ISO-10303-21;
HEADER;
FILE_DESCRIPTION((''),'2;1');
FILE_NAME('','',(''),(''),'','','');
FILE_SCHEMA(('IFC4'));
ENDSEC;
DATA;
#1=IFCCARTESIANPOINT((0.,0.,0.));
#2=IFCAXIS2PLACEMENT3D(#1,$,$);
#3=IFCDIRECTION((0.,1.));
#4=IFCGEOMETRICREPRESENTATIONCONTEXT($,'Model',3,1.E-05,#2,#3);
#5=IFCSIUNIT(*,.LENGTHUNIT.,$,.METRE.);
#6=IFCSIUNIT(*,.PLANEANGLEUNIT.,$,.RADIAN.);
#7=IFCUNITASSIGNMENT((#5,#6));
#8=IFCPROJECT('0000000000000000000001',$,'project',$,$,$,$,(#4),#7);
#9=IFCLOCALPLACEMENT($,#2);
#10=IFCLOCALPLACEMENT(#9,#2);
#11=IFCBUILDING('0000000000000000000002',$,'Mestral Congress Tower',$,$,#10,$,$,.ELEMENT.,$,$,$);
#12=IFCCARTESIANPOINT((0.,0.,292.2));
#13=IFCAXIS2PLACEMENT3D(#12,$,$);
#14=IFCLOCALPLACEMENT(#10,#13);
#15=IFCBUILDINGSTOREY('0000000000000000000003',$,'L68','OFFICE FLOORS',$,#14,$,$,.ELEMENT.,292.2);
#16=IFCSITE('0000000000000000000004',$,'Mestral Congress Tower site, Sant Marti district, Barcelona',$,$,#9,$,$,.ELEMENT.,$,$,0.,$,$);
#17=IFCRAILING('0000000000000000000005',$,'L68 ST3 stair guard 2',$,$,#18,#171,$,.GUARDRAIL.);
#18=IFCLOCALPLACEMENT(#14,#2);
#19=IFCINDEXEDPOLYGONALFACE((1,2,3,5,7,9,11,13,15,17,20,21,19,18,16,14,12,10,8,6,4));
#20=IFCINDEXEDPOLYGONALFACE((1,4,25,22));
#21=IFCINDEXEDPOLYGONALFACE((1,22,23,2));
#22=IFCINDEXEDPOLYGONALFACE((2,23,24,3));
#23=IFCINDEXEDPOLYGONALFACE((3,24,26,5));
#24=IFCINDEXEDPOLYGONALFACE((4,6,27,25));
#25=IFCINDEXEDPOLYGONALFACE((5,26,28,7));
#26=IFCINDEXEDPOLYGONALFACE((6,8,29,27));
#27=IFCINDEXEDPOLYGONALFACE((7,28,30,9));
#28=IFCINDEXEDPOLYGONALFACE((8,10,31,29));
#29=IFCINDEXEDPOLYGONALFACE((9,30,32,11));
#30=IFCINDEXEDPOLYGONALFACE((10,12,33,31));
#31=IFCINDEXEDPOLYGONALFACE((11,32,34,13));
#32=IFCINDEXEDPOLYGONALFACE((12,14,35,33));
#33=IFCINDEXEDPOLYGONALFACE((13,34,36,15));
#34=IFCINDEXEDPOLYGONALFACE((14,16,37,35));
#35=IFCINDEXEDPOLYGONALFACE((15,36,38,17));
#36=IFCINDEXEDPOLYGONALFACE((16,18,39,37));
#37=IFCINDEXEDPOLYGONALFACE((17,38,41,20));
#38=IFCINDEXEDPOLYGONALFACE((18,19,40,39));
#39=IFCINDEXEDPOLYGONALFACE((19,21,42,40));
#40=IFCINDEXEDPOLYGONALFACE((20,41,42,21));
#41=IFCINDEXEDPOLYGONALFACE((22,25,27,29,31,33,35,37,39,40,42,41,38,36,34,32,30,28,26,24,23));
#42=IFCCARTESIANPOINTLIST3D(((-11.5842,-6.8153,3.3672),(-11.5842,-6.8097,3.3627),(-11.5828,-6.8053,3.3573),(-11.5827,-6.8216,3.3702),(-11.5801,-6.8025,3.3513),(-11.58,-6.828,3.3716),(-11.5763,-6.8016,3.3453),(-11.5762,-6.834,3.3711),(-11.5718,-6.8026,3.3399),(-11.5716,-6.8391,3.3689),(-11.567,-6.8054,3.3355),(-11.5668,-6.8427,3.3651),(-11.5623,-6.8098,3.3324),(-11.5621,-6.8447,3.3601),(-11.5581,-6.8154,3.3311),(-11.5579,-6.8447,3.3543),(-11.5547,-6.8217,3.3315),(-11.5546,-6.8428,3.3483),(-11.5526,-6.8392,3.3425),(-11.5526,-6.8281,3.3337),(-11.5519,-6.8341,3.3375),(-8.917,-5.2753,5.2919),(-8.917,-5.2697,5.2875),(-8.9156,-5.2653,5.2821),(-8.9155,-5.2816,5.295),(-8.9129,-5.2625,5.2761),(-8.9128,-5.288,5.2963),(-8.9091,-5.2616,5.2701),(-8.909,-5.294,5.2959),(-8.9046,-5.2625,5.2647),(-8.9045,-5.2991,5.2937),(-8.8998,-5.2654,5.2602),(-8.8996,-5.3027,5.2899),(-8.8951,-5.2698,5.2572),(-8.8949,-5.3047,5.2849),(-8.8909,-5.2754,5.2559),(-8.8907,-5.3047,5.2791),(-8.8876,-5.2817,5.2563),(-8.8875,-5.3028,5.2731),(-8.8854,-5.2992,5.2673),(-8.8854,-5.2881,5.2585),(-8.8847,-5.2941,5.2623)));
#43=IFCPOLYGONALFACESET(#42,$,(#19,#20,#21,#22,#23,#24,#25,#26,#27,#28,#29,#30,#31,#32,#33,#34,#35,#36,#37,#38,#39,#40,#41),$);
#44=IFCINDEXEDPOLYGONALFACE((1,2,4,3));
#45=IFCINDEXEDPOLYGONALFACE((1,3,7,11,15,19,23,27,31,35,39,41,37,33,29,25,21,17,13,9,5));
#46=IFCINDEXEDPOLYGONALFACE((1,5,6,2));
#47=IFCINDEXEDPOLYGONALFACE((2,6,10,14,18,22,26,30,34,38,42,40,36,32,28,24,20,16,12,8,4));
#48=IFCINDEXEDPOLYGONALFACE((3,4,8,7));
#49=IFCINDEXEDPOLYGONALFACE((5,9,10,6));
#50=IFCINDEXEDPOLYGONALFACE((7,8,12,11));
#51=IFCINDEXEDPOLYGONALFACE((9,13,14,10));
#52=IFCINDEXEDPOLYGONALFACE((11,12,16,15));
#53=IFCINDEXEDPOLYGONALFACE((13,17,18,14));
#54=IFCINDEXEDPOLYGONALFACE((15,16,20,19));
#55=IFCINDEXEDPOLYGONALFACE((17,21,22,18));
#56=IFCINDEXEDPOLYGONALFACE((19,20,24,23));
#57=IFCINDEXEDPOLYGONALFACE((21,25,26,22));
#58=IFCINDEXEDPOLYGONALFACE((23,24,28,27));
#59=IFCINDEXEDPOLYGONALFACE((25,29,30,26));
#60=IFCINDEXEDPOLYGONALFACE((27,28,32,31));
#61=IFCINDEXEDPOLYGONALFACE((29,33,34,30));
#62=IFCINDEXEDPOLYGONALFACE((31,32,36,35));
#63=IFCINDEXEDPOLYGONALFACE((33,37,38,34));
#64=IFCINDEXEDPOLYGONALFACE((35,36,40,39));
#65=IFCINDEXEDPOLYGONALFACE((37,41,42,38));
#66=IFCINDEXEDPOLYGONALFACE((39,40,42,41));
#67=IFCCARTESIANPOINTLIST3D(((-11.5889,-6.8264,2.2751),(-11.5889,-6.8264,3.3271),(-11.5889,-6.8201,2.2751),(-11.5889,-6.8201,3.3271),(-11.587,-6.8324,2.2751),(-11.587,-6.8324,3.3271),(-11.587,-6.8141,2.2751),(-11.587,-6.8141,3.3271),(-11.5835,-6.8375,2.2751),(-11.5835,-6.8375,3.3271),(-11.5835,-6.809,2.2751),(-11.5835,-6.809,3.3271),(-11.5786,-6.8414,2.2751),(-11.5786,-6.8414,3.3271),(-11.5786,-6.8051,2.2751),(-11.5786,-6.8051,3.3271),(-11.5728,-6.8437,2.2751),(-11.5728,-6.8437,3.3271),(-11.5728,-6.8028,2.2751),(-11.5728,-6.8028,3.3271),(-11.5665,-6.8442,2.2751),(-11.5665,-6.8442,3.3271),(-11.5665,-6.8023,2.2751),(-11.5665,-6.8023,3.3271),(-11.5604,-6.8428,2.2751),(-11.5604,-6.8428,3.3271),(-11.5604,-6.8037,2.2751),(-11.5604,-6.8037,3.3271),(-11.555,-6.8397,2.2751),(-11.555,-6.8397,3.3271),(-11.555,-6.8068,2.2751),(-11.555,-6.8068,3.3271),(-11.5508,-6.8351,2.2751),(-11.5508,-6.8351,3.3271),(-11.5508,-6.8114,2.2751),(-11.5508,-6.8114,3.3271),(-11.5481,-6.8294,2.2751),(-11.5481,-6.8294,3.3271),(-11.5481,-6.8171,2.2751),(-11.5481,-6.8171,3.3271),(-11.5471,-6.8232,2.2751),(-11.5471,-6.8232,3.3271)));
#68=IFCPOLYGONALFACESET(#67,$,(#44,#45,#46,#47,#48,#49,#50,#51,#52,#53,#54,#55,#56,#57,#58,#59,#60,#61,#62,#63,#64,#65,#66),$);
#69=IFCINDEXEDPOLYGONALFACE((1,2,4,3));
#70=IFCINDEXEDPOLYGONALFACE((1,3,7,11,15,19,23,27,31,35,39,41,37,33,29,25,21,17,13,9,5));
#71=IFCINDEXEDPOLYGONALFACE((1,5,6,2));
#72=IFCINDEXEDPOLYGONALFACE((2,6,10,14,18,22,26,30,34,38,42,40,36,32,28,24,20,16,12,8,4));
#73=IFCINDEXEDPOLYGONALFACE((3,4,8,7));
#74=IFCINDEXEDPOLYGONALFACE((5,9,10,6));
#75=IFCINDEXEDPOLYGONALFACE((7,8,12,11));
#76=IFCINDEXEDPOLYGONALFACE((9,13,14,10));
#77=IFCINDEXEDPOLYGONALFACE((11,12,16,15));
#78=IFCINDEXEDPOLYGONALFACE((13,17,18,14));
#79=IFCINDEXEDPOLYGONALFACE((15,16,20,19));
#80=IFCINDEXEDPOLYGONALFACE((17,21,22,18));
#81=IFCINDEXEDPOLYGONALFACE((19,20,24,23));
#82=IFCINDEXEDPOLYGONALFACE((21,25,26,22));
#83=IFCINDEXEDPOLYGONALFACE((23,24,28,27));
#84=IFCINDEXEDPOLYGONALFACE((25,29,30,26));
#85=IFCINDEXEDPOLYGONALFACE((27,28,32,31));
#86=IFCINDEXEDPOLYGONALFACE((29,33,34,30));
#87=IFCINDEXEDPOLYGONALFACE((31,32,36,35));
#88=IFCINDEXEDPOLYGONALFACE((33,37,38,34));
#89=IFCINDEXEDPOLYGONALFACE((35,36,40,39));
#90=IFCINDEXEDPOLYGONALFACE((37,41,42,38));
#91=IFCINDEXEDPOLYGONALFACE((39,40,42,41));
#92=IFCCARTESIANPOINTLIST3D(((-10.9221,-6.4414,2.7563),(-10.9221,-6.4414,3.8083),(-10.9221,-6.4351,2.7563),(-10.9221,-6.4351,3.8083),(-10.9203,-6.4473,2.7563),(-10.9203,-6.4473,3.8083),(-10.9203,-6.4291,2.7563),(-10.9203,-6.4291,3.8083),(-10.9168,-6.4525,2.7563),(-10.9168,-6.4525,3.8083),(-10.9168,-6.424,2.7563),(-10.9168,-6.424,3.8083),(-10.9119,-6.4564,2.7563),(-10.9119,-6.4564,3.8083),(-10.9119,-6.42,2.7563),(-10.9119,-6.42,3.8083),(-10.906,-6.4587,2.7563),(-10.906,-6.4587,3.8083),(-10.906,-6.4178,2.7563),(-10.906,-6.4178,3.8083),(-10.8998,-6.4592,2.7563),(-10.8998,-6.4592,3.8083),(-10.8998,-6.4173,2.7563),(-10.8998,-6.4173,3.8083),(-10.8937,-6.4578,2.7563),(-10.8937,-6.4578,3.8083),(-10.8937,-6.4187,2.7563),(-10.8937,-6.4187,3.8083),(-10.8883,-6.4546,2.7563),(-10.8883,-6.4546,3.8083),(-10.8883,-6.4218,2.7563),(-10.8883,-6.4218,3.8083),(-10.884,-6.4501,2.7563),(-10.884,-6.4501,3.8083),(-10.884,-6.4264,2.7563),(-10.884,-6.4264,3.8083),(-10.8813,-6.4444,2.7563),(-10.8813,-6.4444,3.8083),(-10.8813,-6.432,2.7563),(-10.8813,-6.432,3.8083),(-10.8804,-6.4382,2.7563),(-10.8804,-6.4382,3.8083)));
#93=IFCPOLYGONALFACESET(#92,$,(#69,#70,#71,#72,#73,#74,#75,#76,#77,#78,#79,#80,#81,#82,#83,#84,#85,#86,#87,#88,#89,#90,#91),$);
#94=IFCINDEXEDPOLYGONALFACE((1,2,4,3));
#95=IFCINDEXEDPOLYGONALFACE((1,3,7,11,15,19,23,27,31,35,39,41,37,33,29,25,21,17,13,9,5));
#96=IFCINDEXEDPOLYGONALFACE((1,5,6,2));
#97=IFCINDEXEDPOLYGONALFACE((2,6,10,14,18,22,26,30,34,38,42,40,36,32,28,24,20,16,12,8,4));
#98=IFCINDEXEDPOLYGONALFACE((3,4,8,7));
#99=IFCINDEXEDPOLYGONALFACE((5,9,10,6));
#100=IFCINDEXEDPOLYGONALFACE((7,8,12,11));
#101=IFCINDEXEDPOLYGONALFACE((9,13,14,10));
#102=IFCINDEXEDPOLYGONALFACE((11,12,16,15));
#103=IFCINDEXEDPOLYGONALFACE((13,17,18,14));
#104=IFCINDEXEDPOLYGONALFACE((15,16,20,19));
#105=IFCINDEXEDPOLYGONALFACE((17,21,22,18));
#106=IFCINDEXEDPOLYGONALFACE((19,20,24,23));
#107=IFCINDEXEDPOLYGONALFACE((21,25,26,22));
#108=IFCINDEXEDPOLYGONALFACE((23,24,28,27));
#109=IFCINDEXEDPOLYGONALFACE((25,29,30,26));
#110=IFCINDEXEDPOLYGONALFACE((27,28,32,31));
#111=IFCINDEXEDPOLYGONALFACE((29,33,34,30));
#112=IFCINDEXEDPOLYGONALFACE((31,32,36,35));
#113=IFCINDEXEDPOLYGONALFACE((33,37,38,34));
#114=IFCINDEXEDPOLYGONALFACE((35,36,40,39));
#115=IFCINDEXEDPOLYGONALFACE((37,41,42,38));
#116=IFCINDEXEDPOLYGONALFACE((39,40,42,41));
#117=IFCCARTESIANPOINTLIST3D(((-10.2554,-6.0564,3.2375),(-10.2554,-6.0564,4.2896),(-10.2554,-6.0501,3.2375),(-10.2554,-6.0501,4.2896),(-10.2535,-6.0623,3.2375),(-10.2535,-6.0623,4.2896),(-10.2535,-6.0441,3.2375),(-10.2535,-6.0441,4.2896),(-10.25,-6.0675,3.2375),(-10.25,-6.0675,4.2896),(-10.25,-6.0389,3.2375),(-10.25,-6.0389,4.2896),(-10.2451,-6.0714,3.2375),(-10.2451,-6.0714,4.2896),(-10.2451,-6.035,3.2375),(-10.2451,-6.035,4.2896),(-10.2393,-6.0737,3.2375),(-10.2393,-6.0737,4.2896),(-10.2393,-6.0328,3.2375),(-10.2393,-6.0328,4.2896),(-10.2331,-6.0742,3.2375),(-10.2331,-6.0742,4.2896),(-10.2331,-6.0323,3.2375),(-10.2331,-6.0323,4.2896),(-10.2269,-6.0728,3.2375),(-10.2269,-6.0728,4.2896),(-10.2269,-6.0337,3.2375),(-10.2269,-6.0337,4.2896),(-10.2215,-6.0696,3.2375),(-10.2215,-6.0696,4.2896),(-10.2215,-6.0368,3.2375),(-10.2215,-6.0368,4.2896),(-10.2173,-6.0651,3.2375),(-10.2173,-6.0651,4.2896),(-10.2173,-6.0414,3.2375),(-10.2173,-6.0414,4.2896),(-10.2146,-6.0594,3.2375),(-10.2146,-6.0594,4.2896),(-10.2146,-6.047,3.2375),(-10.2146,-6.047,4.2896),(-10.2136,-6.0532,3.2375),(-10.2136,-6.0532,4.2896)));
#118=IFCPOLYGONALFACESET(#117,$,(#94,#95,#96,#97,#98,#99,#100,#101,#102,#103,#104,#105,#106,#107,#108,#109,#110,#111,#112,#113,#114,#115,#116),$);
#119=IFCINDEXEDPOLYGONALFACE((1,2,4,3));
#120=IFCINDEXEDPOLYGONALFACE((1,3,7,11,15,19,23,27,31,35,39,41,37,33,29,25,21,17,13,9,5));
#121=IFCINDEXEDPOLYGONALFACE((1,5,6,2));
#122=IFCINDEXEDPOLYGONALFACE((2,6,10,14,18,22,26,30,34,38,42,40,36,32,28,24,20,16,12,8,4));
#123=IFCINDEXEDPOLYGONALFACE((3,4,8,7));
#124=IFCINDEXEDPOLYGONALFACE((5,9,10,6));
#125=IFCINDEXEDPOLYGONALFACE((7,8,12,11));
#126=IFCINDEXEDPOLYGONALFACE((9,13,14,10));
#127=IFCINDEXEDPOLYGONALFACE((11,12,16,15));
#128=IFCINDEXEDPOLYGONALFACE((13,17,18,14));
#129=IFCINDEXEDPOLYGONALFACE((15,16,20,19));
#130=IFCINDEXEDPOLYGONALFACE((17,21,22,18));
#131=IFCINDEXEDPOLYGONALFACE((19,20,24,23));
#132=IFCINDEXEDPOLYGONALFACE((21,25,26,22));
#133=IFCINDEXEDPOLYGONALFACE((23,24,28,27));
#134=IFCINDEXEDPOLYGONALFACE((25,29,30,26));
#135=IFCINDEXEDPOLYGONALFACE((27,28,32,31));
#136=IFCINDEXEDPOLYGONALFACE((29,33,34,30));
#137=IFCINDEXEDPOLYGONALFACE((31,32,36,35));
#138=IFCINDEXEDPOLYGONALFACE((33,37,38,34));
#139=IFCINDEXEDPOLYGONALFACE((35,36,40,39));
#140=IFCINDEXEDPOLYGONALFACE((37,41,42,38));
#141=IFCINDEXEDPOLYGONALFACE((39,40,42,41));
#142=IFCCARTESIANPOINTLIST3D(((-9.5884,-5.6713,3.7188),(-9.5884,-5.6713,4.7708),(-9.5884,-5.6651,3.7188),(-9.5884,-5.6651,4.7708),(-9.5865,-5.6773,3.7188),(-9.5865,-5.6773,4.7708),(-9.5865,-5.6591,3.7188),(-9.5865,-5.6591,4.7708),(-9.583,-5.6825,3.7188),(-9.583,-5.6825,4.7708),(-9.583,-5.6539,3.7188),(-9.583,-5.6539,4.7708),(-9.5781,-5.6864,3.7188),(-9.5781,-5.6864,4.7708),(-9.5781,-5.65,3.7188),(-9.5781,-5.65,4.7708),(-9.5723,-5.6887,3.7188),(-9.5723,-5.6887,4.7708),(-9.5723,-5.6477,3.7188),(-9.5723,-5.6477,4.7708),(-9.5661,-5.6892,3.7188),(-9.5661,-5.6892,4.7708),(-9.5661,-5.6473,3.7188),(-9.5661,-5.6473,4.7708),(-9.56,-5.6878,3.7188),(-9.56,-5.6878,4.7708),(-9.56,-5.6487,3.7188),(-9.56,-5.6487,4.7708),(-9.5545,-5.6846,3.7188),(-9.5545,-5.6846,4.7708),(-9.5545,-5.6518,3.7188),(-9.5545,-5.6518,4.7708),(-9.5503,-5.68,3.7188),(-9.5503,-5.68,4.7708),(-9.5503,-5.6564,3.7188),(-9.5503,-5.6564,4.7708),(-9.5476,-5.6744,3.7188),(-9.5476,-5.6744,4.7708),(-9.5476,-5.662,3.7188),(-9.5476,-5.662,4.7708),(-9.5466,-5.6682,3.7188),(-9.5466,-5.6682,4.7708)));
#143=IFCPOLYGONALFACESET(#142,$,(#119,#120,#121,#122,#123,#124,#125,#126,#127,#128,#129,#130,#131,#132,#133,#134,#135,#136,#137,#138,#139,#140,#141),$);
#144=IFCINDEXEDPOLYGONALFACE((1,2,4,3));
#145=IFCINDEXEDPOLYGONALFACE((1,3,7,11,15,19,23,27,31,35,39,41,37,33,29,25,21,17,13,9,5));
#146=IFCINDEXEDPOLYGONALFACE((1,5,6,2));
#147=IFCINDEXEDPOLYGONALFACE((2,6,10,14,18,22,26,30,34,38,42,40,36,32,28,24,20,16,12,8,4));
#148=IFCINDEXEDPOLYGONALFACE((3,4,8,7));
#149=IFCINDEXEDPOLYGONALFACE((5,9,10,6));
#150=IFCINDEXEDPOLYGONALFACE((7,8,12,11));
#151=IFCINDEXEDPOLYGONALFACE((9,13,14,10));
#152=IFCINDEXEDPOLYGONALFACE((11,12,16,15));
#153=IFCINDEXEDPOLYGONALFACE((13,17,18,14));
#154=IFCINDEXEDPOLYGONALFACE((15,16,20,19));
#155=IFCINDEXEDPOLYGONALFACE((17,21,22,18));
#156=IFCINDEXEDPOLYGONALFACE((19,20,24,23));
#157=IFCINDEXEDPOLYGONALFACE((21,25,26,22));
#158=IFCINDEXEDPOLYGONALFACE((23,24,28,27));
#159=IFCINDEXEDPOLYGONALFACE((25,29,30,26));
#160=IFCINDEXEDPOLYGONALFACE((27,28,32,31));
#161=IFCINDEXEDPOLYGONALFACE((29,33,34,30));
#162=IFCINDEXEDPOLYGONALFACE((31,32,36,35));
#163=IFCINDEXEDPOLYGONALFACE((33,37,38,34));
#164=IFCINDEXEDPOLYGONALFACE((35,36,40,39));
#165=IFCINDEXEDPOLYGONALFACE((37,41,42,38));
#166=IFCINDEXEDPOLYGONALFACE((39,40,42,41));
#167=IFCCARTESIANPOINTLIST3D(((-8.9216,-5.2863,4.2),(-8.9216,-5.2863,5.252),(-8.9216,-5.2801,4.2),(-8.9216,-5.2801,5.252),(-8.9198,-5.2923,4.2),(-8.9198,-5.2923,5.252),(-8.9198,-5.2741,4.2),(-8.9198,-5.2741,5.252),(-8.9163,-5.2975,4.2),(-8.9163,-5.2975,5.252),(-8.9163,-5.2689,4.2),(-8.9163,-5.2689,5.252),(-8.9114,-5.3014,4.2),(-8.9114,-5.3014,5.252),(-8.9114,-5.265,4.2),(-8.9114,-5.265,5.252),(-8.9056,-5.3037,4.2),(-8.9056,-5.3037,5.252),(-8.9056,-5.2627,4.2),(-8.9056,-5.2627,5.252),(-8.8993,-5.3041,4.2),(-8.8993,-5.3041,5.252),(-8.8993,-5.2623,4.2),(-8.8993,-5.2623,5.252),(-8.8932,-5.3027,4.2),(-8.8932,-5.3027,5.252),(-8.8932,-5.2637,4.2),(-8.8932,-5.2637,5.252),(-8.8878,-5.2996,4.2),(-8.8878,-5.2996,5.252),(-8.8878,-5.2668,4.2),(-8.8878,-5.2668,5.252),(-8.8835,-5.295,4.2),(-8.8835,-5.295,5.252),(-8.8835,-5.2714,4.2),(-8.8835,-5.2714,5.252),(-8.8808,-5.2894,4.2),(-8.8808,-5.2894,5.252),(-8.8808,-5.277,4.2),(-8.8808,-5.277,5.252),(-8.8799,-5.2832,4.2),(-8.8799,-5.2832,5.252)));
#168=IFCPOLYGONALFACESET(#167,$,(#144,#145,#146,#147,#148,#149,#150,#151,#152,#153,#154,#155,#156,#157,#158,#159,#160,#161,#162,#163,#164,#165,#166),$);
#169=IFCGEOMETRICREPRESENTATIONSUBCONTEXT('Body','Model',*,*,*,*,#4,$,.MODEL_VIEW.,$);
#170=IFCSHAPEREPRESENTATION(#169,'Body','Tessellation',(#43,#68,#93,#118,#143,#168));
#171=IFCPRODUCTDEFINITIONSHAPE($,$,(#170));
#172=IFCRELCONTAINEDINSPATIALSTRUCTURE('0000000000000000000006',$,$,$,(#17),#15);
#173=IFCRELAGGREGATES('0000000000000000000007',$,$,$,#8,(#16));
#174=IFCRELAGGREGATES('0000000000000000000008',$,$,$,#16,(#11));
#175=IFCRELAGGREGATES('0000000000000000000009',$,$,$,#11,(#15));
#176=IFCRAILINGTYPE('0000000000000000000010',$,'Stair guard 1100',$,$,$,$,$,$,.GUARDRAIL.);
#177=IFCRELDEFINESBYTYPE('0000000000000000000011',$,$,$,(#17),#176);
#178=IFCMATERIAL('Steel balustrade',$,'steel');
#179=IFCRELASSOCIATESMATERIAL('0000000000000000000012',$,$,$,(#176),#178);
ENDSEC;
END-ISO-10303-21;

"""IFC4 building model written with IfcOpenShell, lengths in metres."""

from ifc_helpers import new_model, si_unit, direction, frame, origin, origin_2d, place, context, subcontext, project, spatial, circle, extrude, material, type_object, element, save


model = new_model("IFC4")

# Units and contexts
model_context = context("Model", 3, precision=1e-05, world=origin(), true_north=direction((0.0, 1.0)))
body_context = subcontext(model_context, "Body", "Model", "MODEL_VIEW")
ifc_project = project(units=[si_unit("LENGTHUNIT", "METRE"), si_unit("PLANEANGLEUNIT", "RADIAN")], contexts=[model_context])

# Site, building, storey
site_placement = place(None, origin())
site = spatial("IfcSite", under=ifc_project, at=site_placement, Name="Mestral Congress Tower site, Sant Marti district, Barcelona", CompositionType="ELEMENT", RefElevation=0.0)
building_placement = place(site_placement, origin())
building = spatial("IfcBuilding", under=site, at=building_placement, Name="Mestral Congress Tower", CompositionType="ELEMENT")
storey_placement = place(building_placement, frame((0.0, 0.0, 292.2)))
storey = spatial("IfcBuildingStorey", under=building, at=storey_placement, Name="L68", Description="OFFICE FLOORS", CompositionType="ELEMENT", Elevation=292.2)

# Railing
ifc_material_1 = material(Name="Steel balustrade", Category="steel")
railing_type = type_object("IfcRailingType", Name="Stair guard 1100", PredefinedType="GUARDRAIL", material=ifc_material_1)
railing_placement = place(storey_placement, frame((-11.5681, -6.8232, 2.2751)))
element("IfcRailing", 1, at=railing_placement, inside=storey, type_object=railing_type, Name="L68 ST3 stair guard 2", PredefinedType="GUARDRAIL", context=body_context, shape_type="SweptSolid", body=[
    extrude(circle(Radius=0.0239, at=origin_2d()), frame((0.0, 0.0, 1.0762), z_axis=(0.73439, 0.424031, 0.529971), x_axis=(-0.500027, 0.86601, 0.0)), (0.0, 0.0, 1.0), 3.6318),
    extrude(circle(Radius=0.021, at=origin_2d()), origin(), (0.0, 0.0, 1.0), 1.052),
    extrude(circle(Radius=0.021, at=origin_2d()), frame((0.6667, 0.385, 0.4812)), (0.0, 0.0, 1.0), 1.052),
    extrude(circle(Radius=0.021, at=origin_2d()), frame((1.3335, 0.77, 0.9624)), (0.0, 0.0, 1.0), 1.052),
    extrude(circle(Radius=0.021, at=origin_2d()), frame((2.0005, 1.155, 1.4436)), (0.0, 0.0, 1.0), 1.052),
    extrude(circle(Radius=0.021, at=origin_2d()), frame((2.6672, 1.54, 1.9248)), (0.0, 0.0, 1.0), 1.052),
])

save(model, "model.ifc")
